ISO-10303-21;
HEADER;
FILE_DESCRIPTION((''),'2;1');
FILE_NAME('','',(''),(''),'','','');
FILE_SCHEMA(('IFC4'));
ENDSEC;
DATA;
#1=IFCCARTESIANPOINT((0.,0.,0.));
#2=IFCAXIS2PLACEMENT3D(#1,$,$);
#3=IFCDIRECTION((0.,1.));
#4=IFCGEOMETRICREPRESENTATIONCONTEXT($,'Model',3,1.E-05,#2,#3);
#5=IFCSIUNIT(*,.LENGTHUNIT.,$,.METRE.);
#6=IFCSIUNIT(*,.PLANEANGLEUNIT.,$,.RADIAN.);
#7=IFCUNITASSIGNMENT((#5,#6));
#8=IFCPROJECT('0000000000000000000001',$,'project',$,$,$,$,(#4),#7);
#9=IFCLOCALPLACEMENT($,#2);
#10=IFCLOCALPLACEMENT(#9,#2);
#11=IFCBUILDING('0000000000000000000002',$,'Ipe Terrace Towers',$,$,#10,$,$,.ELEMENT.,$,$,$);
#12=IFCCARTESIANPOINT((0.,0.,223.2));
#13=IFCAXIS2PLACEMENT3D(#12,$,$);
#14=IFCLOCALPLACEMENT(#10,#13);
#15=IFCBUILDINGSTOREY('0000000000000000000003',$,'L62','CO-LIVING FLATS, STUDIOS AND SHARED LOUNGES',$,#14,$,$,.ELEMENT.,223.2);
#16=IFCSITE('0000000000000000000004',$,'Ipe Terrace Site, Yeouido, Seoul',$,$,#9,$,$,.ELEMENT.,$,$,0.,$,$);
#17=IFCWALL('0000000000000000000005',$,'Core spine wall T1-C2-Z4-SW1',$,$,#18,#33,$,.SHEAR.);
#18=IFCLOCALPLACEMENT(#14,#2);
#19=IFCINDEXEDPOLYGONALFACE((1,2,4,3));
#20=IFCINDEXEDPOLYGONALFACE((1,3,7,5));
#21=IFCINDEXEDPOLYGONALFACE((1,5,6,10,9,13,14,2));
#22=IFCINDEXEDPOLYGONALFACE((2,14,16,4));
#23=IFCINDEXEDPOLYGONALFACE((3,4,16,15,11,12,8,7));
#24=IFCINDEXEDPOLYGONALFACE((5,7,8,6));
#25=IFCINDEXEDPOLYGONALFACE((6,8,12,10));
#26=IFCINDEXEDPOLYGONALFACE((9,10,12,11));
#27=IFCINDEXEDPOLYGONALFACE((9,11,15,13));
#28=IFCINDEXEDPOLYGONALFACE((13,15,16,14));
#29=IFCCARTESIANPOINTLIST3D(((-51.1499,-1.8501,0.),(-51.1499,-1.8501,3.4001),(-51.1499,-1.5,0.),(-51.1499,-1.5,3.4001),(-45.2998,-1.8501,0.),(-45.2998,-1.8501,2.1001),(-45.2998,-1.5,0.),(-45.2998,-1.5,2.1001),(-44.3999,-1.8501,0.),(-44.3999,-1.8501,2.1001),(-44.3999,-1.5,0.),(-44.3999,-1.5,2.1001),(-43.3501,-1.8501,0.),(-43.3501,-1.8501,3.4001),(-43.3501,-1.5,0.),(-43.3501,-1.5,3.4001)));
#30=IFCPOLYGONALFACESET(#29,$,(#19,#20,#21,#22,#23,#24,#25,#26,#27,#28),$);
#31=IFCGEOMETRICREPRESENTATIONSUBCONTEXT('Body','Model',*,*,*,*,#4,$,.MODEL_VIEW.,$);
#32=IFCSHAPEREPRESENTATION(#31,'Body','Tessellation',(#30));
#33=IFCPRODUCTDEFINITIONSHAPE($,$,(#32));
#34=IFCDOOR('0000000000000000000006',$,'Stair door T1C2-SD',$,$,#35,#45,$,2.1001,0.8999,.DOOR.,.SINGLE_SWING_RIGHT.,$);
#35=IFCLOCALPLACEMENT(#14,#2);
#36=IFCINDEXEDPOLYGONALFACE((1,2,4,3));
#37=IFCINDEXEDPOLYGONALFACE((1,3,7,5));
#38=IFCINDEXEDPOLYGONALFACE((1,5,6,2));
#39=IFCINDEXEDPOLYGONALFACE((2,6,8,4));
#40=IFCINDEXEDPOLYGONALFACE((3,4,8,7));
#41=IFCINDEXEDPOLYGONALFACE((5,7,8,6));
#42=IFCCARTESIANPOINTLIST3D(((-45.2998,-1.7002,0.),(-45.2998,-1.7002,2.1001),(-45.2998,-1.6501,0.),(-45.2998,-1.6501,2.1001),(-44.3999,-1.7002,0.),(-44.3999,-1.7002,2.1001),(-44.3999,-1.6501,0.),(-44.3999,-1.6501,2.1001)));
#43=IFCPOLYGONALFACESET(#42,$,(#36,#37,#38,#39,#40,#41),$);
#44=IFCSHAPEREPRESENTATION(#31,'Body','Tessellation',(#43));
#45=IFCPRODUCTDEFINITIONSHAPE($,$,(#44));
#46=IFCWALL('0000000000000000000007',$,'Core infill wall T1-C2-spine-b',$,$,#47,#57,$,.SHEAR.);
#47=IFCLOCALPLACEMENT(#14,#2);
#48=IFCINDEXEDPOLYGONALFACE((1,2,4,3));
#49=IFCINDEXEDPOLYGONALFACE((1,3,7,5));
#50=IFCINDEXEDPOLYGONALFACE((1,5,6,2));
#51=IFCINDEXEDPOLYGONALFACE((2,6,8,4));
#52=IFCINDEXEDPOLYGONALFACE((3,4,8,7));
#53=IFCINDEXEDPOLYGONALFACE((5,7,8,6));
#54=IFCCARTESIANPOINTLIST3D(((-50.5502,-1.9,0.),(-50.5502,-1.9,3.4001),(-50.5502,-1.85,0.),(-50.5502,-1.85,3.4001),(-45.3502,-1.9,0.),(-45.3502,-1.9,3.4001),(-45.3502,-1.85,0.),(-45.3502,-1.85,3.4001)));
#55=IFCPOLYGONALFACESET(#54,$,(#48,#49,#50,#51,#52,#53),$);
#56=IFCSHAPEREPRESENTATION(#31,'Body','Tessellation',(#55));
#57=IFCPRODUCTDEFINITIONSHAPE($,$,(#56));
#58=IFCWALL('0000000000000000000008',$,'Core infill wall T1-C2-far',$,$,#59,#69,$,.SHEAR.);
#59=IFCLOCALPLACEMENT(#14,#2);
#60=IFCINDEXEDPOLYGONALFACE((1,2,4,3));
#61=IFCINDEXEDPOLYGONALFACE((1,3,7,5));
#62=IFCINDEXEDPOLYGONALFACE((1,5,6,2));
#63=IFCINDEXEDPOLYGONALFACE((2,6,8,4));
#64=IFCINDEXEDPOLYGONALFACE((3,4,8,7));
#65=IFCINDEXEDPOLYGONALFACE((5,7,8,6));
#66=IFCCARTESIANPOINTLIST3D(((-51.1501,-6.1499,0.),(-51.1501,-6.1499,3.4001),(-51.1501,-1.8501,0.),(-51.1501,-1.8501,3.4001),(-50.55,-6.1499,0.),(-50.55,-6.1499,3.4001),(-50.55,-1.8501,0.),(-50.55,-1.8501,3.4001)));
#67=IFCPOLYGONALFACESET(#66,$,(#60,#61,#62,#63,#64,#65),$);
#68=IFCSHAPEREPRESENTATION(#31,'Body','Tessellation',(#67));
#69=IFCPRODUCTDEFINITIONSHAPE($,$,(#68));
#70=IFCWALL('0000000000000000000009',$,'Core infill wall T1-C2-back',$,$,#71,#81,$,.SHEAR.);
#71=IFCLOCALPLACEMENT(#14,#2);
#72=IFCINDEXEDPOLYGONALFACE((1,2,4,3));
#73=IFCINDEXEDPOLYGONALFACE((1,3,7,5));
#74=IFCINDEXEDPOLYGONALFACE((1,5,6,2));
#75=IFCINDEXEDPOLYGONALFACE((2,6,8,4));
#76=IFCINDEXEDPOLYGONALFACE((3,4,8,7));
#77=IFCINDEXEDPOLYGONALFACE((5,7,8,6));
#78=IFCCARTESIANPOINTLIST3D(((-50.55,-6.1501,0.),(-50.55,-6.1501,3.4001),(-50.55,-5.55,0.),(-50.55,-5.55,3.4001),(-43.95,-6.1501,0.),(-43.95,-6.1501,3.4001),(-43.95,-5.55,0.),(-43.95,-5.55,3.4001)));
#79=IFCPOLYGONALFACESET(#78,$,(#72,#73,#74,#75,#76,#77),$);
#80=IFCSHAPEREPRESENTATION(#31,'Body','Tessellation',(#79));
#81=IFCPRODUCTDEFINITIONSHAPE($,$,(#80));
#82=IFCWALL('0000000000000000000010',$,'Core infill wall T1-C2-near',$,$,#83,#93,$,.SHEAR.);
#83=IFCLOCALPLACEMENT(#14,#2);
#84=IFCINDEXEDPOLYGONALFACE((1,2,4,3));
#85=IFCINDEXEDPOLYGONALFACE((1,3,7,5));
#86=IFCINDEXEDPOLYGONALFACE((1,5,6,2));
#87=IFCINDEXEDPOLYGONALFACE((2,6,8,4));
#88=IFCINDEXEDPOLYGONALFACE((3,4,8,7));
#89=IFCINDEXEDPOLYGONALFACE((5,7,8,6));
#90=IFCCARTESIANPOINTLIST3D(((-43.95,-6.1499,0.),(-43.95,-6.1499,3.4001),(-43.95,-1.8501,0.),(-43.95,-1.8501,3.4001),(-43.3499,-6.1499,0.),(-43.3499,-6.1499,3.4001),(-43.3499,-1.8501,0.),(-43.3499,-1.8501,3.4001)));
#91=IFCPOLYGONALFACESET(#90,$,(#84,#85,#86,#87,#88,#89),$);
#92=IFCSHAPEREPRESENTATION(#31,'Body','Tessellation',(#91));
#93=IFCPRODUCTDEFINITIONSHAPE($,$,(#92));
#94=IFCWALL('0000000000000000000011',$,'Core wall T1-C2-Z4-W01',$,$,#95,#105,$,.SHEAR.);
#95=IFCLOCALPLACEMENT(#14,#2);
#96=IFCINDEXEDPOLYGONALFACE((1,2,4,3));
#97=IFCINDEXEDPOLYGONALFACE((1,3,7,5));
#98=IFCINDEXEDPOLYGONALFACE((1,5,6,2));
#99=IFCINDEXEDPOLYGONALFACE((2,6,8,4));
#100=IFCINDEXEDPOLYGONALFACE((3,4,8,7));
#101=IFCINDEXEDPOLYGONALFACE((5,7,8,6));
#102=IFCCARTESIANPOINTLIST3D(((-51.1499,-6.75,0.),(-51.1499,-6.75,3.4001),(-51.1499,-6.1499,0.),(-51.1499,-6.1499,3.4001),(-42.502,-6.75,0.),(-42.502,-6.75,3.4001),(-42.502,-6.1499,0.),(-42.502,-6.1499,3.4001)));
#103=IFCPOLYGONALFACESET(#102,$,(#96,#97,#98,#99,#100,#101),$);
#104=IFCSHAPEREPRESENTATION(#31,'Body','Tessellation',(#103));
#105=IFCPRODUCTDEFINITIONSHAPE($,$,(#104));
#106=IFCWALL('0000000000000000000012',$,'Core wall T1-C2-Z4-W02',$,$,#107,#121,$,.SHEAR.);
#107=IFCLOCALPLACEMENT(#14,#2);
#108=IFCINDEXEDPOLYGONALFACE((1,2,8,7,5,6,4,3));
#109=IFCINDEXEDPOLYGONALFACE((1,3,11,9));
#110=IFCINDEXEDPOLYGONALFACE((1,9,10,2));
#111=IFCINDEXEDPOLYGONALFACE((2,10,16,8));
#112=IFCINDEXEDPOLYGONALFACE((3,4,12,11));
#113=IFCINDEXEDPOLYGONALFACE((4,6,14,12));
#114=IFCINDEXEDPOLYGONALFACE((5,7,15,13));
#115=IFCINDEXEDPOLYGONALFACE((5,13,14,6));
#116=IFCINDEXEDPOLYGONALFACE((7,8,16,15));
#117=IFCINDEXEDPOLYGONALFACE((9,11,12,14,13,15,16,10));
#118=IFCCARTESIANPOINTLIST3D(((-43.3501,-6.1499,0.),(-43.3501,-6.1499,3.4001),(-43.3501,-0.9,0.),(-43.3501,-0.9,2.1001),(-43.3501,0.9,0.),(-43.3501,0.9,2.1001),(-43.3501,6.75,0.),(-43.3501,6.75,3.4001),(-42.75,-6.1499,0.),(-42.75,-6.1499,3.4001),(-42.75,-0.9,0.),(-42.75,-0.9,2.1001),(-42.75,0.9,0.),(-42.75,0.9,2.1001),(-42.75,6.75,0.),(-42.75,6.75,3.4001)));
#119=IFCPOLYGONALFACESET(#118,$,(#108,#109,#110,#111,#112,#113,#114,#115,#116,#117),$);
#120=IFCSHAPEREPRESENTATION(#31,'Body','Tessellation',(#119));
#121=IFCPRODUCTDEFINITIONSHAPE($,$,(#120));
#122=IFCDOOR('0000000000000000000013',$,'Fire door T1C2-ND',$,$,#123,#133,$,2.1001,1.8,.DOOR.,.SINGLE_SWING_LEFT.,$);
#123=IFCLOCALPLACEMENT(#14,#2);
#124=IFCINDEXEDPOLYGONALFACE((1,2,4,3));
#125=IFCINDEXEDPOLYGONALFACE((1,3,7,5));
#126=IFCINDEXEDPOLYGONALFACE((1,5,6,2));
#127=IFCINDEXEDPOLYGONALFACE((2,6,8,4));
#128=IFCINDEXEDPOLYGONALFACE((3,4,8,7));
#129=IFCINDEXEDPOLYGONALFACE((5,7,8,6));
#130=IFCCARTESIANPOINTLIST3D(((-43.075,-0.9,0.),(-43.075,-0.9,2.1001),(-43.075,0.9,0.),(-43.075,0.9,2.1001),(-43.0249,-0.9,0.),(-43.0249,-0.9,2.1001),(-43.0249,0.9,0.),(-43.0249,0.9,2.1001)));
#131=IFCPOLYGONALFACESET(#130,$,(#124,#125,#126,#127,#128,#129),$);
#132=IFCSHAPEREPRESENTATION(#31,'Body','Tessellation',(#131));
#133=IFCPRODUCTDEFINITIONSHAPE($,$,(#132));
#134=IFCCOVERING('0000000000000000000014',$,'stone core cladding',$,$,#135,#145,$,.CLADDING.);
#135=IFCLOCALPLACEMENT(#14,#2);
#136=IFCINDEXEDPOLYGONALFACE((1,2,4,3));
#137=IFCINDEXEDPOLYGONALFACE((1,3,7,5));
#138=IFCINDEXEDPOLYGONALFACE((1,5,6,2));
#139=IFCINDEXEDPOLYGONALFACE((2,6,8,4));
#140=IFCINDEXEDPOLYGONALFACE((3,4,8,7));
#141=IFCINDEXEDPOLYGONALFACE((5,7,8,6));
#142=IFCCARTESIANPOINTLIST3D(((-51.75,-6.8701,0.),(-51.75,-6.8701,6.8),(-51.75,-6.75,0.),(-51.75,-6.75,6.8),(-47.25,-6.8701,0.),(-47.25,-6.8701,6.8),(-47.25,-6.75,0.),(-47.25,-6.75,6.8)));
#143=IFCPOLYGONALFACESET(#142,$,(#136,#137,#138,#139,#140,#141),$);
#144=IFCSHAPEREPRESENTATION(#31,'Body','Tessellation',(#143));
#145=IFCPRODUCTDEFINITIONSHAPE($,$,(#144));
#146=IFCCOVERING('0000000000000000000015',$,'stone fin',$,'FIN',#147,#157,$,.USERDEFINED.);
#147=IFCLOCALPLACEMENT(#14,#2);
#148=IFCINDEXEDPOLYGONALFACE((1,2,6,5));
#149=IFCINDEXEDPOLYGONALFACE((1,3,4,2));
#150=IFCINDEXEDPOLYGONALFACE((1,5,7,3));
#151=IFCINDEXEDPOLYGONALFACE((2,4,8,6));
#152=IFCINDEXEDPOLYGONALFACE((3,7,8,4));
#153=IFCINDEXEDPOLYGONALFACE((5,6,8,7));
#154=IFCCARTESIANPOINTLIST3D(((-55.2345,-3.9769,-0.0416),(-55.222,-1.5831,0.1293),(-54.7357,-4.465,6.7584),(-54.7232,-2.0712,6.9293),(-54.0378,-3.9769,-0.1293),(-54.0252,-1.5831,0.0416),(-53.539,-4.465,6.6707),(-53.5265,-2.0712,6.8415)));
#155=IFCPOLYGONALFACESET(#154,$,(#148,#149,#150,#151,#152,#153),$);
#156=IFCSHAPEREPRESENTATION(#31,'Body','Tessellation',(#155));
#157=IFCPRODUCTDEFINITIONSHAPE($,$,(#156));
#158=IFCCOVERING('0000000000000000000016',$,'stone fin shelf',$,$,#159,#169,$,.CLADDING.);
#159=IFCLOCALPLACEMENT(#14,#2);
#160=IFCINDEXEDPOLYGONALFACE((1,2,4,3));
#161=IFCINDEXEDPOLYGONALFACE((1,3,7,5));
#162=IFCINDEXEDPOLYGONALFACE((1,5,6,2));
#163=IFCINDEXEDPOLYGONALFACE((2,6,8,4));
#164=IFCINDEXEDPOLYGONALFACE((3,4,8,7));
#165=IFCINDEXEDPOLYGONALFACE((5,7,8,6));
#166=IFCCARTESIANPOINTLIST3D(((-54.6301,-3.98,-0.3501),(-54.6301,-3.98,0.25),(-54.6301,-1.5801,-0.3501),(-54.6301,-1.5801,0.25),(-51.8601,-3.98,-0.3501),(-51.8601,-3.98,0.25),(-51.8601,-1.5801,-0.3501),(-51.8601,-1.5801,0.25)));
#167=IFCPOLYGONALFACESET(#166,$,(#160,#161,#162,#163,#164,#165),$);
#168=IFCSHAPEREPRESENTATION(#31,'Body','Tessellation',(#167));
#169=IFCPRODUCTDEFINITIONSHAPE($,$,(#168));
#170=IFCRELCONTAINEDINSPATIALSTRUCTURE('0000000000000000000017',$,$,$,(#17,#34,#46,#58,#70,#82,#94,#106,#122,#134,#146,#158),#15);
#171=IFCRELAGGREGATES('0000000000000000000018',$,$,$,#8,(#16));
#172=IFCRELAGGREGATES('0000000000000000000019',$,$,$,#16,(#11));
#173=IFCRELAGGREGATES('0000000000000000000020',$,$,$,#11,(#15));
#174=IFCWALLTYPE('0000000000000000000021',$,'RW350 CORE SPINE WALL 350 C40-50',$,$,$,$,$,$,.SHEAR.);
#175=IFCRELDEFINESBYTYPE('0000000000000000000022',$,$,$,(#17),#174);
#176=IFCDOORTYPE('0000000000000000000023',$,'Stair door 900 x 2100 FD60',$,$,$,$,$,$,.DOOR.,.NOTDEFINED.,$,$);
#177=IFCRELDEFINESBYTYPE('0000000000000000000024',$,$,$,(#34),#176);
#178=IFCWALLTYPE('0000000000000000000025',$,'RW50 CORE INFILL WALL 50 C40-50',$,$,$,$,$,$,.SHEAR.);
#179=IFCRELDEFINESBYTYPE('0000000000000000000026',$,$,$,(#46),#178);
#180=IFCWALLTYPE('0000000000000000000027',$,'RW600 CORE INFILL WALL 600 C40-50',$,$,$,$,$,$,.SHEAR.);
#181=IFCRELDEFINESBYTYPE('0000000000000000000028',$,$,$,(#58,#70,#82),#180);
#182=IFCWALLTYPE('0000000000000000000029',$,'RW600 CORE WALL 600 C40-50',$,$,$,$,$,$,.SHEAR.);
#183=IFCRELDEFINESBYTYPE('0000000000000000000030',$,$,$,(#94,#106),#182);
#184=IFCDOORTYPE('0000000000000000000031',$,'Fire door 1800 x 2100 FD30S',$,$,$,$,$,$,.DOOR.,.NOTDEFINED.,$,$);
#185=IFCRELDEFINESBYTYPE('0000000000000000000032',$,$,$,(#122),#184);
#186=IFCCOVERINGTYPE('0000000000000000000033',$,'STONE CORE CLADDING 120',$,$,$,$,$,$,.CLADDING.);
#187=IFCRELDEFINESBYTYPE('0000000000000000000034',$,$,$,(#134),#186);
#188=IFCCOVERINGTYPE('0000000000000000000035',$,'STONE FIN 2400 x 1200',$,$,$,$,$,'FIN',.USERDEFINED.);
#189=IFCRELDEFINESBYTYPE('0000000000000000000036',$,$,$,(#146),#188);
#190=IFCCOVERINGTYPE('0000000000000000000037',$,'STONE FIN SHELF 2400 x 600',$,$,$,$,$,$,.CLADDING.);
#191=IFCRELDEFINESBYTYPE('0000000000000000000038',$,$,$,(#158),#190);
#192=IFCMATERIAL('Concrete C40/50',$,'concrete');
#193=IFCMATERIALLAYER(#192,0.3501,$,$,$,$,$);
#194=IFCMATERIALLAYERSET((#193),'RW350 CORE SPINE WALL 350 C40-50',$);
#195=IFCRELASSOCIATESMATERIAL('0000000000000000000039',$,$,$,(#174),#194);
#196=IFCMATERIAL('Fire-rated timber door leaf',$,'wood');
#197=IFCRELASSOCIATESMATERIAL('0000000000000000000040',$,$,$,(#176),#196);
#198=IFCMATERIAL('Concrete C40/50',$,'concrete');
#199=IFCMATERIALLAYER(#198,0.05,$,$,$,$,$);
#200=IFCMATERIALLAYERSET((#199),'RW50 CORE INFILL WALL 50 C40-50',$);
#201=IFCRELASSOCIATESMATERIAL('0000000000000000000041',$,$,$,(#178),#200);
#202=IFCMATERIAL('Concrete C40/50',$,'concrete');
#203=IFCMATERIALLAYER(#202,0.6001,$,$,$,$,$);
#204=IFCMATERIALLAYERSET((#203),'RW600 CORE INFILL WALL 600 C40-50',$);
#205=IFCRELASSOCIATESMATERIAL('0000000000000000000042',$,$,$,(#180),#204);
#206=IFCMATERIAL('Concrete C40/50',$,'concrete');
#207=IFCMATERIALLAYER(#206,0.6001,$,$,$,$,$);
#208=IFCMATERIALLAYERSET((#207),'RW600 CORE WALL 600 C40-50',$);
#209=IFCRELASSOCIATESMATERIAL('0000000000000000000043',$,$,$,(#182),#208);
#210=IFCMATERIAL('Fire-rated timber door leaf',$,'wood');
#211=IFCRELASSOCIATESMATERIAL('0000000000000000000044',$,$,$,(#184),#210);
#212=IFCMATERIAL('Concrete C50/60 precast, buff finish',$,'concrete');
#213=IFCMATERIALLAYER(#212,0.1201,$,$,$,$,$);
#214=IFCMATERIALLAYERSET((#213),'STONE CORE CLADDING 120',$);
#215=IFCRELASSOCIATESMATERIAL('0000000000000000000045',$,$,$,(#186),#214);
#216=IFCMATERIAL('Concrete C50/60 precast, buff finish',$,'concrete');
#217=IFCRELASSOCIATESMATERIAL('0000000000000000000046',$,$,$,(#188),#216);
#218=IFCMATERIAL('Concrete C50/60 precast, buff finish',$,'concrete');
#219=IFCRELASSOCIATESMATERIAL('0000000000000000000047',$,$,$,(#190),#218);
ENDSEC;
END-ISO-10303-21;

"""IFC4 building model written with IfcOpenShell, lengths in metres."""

from ifc_helpers import new_model, si_unit, direction, frame, frame_2d, origin, origin_2d, place, context, subcontext, project, spatial, rectangle, extrude, material, layer, layer_set, material_profile, profile_set, type_object, element, fill, save


model = new_model("IFC4")

# Units and contexts
model_context = context("Model", 3, precision=1e-05, world=origin(), true_north=direction((0.0, 1.0)))
body_context = subcontext(model_context, "Body", "Model", "MODEL_VIEW")
ifc_project = project(units=[si_unit("LENGTHUNIT", "METRE"), si_unit("PLANEANGLEUNIT", "RADIAN")], contexts=[model_context])

# Site, building, storey
site_placement = place(None, origin())
site = spatial("IfcSite", under=ifc_project, at=site_placement, Name="Ipe Terrace Site, Yeouido, Seoul", CompositionType="ELEMENT", RefElevation=0.0)
building_placement = place(site_placement, origin())
building = spatial("IfcBuilding", under=site, at=building_placement, Name="Ipe Terrace Towers", CompositionType="ELEMENT")
storey_placement = place(building_placement, frame((0.0, 0.0, 223.2)))
storey = spatial("IfcBuildingStorey", under=building, at=storey_placement, Name="L62", Description="CO-LIVING FLATS, STUDIOS AND SHARED LOUNGES", CompositionType="ELEMENT", Elevation=223.2)

# Wall, opening, door
ifc_material_1 = material(Name="Concrete C40/50", Category="concrete")
ifc_layer_1 = layer(ifc_material_1, 0.3501)
ifc_layer_set_1 = layer_set([ifc_layer_1], Name="RW350 CORE SPINE WALL 350 C40-50")
wall_type_1 = type_object("IfcWallType", Name="RW350 CORE SPINE WALL 350 C40-50", PredefinedType="SHEAR", material=ifc_layer_set_1)
wall_1_placement = place(storey_placement, frame((-51.1499, -1.675, 0.0), z_axis=(0.0, 0.0, 1.0), x_axis=(1.0, 0.0, 0.0)))
wall_1 = element("IfcWall", 1, at=wall_1_placement, inside=storey, type_object=wall_type_1, Name="Core spine wall T1-C2-Z4-SW1", PredefinedType="SHEAR", context=body_context, shape_type="SweptSolid", body=[
    extrude(rectangle(XDim=7.7998, YDim=0.3501, at=frame_2d((3.8999, 0.0))), origin(), (0.0, 0.0, 1.0), 3.4001),
])
opening_1_placement = place(wall_1_placement, frame((5.8501, 0.0, 0.0)))
opening_1 = element("IfcOpeningElement", 2, at=opening_1_placement, cuts=wall_1, PredefinedType="OPENING", context=body_context, shape_type="SweptSolid", body=[
    extrude(rectangle(XDim=0.8999, YDim=2.1001, at=frame_2d((0.45, 1.05))), frame((0.0, 0.1851, 0.0), z_axis=(0.0, -1.0, 0.0), x_axis=(1.0, 0.0, 0.0)), (0.0, 0.0, 1.0), 0.3701),
])
ifc_material_2 = material(Name="Fire-rated timber door leaf", Category="wood")
door_type_1 = type_object("IfcDoorType", Name="Stair door 900 x 2100 FD60", OperationType="NOTDEFINED", PredefinedType="DOOR", material=ifc_material_2)
door_1_placement = place(opening_1_placement, origin())
door_1 = element("IfcDoor", 3, at=door_1_placement, inside=storey, type_object=door_type_1, Name="Stair door T1C2-SD", OperationType="SINGLE_SWING_RIGHT", OverallHeight=2.1001, OverallWidth=0.8999, PredefinedType="DOOR", context=body_context, shape_type="SweptSolid", body=[
    extrude(rectangle(XDim=0.8999, YDim=2.1001, at=frame_2d((0.45, 1.05))), frame((0.0, 0.0249, 0.0), z_axis=(0.0, -1.0, 0.0), x_axis=(1.0, 0.0, 0.0)), (0.0, 0.0, 1.0), 0.05),
])
fill(opening_1, door_1)

# Walls
ifc_material_3 = material(Name="Concrete C40/50", Category="concrete")
ifc_layer_2 = layer(ifc_material_3, 0.05)
ifc_layer_set_2 = layer_set([ifc_layer_2], Name="RW50 CORE INFILL WALL 50 C40-50")
wall_type_2 = type_object("IfcWallType", Name="RW50 CORE INFILL WALL 50 C40-50", PredefinedType="SHEAR", material=ifc_layer_set_2)
wall_2_placement = place(storey_placement, frame((-45.3501, -1.875, 0.0), z_axis=(0.0, 0.0, 1.0), x_axis=(-1.0, 0.0, 0.0)))
element("IfcWall", 4, at=wall_2_placement, inside=storey, type_object=wall_type_2, Name="Core infill wall T1-C2-spine-b", PredefinedType="SHEAR", context=body_context, shape_type="SweptSolid", body=[
    extrude(rectangle(XDim=5.2, YDim=0.05, at=frame_2d((2.6001, 0.0))), origin(), (0.0, 0.0, 1.0), 3.4001),
])
ifc_material_4 = material(Name="Concrete C40/50", Category="concrete")
ifc_layer_3 = layer(ifc_material_4, 0.6001)
ifc_layer_set_3 = layer_set([ifc_layer_3], Name="RW600 CORE INFILL WALL 600 C40-50")
wall_type_3 = type_object("IfcWallType", Name="RW600 CORE INFILL WALL 600 C40-50", PredefinedType="SHEAR", material=ifc_layer_set_3)
wall_3_placement = place(storey_placement, frame((-50.8501, -1.8501, 0.0), z_axis=(0.0, 0.0, 1.0), x_axis=(0.0, -1.0, 0.0)))
element("IfcWall", 5, at=wall_3_placement, inside=storey, type_object=wall_type_3, Name="Core infill wall T1-C2-far", PredefinedType="SHEAR", context=body_context, shape_type="SweptSolid", body=[
    extrude(rectangle(XDim=4.2998, YDim=0.6001, at=frame_2d((2.1499, 0.0))), origin(), (0.0, 0.0, 1.0), 3.4001),
])
wall_4_placement = place(storey_placement, frame((-43.95, -5.8501, 0.0), z_axis=(0.0, 0.0, 1.0), x_axis=(-1.0, 0.0, 0.0)))
element("IfcWall", 6, at=wall_4_placement, inside=storey, type_object=wall_type_3, Name="Core infill wall T1-C2-back", PredefinedType="SHEAR", context=body_context, shape_type="SweptSolid", body=[
    extrude(rectangle(XDim=6.6001, YDim=0.6001, at=frame_2d((3.3, 0.0))), origin(), (0.0, 0.0, 1.0), 3.4001),
])
wall_5_placement = place(storey_placement, frame((-43.6499, -1.8501, 0.0), z_axis=(0.0, 0.0, 1.0), x_axis=(0.0, -1.0, 0.0)))
element("IfcWall", 7, at=wall_5_placement, inside=storey, type_object=wall_type_3, Name="Core infill wall T1-C2-near", PredefinedType="SHEAR", context=body_context, shape_type="SweptSolid", body=[
    extrude(rectangle(XDim=4.2998, YDim=0.6001, at=frame_2d((2.1499, 0.0))), origin(), (0.0, 0.0, 1.0), 3.4001),
])
ifc_material_5 = material(Name="Concrete C40/50", Category="concrete")
ifc_layer_4 = layer(ifc_material_5, 0.6001)
ifc_layer_set_4 = layer_set([ifc_layer_4], Name="RW600 CORE WALL 600 C40-50")
wall_type_4 = type_object("IfcWallType", Name="RW600 CORE WALL 600 C40-50", PredefinedType="SHEAR", material=ifc_layer_set_4)
wall_6_placement = place(storey_placement, frame((-51.1499, -6.45, 0.0), z_axis=(0.0, 0.0, 1.0), x_axis=(1.0, 0.0, 0.0)))
element("IfcWall", 8, at=wall_6_placement, inside=storey, type_object=wall_type_4, Name="Core wall T1-C2-Z4-W01", PredefinedType="SHEAR", context=body_context, shape_type="SweptSolid", body=[
    extrude(rectangle(XDim=8.6479, YDim=0.6001, at=frame_2d((4.324, 0.0))), origin(), (0.0, 0.0, 1.0), 3.4001),
])

# Wall, opening, door
wall_7_placement = place(storey_placement, frame((-43.05, -6.1499, 0.0), z_axis=(0.0, 0.0, 1.0), x_axis=(0.0, 1.0, 0.0)))
wall_7 = element("IfcWall", 9, at=wall_7_placement, inside=storey, type_object=wall_type_4, Name="Core wall T1-C2-Z4-W02", PredefinedType="SHEAR", context=body_context, shape_type="SweptSolid", body=[
    extrude(rectangle(XDim=12.8999, YDim=0.6001, at=frame_2d((6.45, 0.0))), origin(), (0.0, 0.0, 1.0), 3.4001),
])
opening_2_placement = place(wall_7_placement, frame((5.25, 0.0, 0.0)))
opening_2 = element("IfcOpeningElement", 10, at=opening_2_placement, cuts=wall_7, PredefinedType="OPENING", context=body_context, shape_type="SweptSolid", body=[
    extrude(rectangle(XDim=1.8, YDim=2.1001, at=frame_2d((0.8999, 1.05))), frame((0.0, 0.3101, 0.0), z_axis=(0.0, -1.0, 0.0), x_axis=(1.0, 0.0, 0.0)), (0.0, 0.0, 1.0), 0.6201),
])
ifc_material_6 = material(Name="Fire-rated timber door leaf", Category="wood")
door_type_2 = type_object("IfcDoorType", Name="Fire door 1800 x 2100 FD30S", OperationType="NOTDEFINED", PredefinedType="DOOR", material=ifc_material_6)
door_2_placement = place(opening_2_placement, origin())
door_2 = element("IfcDoor", 11, at=door_2_placement, inside=storey, type_object=door_type_2, Name="Fire door T1C2-ND", OperationType="SINGLE_SWING_LEFT", OverallHeight=2.1001, OverallWidth=1.8, PredefinedType="DOOR", context=body_context, shape_type="SweptSolid", body=[
    extrude(rectangle(XDim=1.8, YDim=2.1001, at=frame_2d((0.8999, 1.05))), frame((0.0, 0.0249, 0.0), z_axis=(0.0, -1.0, 0.0), x_axis=(1.0, 0.0, 0.0)), (0.0, 0.0, 1.0), 0.05),
])
fill(opening_2, door_2)

# Coverings
ifc_material_7 = material(Name="Concrete C50/60 precast, buff finish", Category="concrete")
ifc_layer_5 = layer(ifc_material_7, 0.1201)
ifc_layer_set_5 = layer_set([ifc_layer_5], Name="STONE CORE CLADDING 120")
covering_type_1 = type_object("IfcCoveringType", Name="STONE CORE CLADDING 120", PredefinedType="CLADDING", material=ifc_layer_set_5)
covering_1_placement = place(storey_placement, frame((-49.5, -6.8101, 0.0), z_axis=(0.0, 0.0, 1.0), x_axis=(1.0, 0.0, 0.0)))
element("IfcCovering", 12, at=covering_1_placement, inside=storey, type_object=covering_type_1, Name="stone core cladding", PredefinedType="CLADDING", context=body_context, shape_type="SweptSolid", body=[
    extrude(rectangle(XDim=4.5, YDim=0.1201, at=origin_2d()), origin(), (0.0, 0.0, 1.0), 6.8),
])
ifc_material_8 = material(Name="Concrete C50/60 precast, buff finish", Category="concrete")
ifc_material_profile_1 = material_profile(ifc_material_8, rectangle(XDim=2.3999, YDim=1.2, at=origin_2d()), Name="STONE FIN 2400 x 1200")
ifc_profile_set_1 = profile_set([ifc_material_profile_1], Name="Concrete C50/60 precast, buff finish")
covering_type_2 = type_object("IfcCoveringType", Name="STONE FIN 2400 x 1200", ElementType="FIN", PredefinedType="USERDEFINED", material=ifc_profile_set_1)
covering_2_placement = place(storey_placement, frame((-54.6299, -2.78, 0.0), z_axis=(0.072966, -0.071395, 0.994776), x_axis=(-0.005223, -0.997448, -0.071203)))
element("IfcCovering", 13, at=covering_2_placement, inside=storey, type_object=covering_type_2, Name="stone fin", ObjectType="FIN", PredefinedType="USERDEFINED", context=body_context, shape_type="SweptSolid", body=[
    extrude(rectangle(XDim=2.3999, YDim=1.2, at=origin_2d()), origin(), (0.0, 0.0, 1.0), 6.8357),
])
ifc_material_9 = material(Name="Concrete C50/60 precast, buff finish", Category="concrete")
covering_type_3 = type_object("IfcCoveringType", Name="STONE FIN SHELF 2400 x 600", PredefinedType="CLADDING", material=ifc_material_9)
covering_3_placement = place(storey_placement, frame((-53.2451, -2.78, -0.3501), z_axis=(0.0, 0.0, 1.0), x_axis=(0.0, -1.0, 0.0)))
element("IfcCovering", 14, at=covering_3_placement, inside=storey, type_object=covering_type_3, Name="stone fin shelf", PredefinedType="CLADDING", context=body_context, shape_type="SweptSolid", body=[
    extrude(rectangle(XDim=2.3999, YDim=2.77, at=origin_2d()), origin(), (0.0, 0.0, 1.0), 0.6001),
])

save(model, "model.ifc")
